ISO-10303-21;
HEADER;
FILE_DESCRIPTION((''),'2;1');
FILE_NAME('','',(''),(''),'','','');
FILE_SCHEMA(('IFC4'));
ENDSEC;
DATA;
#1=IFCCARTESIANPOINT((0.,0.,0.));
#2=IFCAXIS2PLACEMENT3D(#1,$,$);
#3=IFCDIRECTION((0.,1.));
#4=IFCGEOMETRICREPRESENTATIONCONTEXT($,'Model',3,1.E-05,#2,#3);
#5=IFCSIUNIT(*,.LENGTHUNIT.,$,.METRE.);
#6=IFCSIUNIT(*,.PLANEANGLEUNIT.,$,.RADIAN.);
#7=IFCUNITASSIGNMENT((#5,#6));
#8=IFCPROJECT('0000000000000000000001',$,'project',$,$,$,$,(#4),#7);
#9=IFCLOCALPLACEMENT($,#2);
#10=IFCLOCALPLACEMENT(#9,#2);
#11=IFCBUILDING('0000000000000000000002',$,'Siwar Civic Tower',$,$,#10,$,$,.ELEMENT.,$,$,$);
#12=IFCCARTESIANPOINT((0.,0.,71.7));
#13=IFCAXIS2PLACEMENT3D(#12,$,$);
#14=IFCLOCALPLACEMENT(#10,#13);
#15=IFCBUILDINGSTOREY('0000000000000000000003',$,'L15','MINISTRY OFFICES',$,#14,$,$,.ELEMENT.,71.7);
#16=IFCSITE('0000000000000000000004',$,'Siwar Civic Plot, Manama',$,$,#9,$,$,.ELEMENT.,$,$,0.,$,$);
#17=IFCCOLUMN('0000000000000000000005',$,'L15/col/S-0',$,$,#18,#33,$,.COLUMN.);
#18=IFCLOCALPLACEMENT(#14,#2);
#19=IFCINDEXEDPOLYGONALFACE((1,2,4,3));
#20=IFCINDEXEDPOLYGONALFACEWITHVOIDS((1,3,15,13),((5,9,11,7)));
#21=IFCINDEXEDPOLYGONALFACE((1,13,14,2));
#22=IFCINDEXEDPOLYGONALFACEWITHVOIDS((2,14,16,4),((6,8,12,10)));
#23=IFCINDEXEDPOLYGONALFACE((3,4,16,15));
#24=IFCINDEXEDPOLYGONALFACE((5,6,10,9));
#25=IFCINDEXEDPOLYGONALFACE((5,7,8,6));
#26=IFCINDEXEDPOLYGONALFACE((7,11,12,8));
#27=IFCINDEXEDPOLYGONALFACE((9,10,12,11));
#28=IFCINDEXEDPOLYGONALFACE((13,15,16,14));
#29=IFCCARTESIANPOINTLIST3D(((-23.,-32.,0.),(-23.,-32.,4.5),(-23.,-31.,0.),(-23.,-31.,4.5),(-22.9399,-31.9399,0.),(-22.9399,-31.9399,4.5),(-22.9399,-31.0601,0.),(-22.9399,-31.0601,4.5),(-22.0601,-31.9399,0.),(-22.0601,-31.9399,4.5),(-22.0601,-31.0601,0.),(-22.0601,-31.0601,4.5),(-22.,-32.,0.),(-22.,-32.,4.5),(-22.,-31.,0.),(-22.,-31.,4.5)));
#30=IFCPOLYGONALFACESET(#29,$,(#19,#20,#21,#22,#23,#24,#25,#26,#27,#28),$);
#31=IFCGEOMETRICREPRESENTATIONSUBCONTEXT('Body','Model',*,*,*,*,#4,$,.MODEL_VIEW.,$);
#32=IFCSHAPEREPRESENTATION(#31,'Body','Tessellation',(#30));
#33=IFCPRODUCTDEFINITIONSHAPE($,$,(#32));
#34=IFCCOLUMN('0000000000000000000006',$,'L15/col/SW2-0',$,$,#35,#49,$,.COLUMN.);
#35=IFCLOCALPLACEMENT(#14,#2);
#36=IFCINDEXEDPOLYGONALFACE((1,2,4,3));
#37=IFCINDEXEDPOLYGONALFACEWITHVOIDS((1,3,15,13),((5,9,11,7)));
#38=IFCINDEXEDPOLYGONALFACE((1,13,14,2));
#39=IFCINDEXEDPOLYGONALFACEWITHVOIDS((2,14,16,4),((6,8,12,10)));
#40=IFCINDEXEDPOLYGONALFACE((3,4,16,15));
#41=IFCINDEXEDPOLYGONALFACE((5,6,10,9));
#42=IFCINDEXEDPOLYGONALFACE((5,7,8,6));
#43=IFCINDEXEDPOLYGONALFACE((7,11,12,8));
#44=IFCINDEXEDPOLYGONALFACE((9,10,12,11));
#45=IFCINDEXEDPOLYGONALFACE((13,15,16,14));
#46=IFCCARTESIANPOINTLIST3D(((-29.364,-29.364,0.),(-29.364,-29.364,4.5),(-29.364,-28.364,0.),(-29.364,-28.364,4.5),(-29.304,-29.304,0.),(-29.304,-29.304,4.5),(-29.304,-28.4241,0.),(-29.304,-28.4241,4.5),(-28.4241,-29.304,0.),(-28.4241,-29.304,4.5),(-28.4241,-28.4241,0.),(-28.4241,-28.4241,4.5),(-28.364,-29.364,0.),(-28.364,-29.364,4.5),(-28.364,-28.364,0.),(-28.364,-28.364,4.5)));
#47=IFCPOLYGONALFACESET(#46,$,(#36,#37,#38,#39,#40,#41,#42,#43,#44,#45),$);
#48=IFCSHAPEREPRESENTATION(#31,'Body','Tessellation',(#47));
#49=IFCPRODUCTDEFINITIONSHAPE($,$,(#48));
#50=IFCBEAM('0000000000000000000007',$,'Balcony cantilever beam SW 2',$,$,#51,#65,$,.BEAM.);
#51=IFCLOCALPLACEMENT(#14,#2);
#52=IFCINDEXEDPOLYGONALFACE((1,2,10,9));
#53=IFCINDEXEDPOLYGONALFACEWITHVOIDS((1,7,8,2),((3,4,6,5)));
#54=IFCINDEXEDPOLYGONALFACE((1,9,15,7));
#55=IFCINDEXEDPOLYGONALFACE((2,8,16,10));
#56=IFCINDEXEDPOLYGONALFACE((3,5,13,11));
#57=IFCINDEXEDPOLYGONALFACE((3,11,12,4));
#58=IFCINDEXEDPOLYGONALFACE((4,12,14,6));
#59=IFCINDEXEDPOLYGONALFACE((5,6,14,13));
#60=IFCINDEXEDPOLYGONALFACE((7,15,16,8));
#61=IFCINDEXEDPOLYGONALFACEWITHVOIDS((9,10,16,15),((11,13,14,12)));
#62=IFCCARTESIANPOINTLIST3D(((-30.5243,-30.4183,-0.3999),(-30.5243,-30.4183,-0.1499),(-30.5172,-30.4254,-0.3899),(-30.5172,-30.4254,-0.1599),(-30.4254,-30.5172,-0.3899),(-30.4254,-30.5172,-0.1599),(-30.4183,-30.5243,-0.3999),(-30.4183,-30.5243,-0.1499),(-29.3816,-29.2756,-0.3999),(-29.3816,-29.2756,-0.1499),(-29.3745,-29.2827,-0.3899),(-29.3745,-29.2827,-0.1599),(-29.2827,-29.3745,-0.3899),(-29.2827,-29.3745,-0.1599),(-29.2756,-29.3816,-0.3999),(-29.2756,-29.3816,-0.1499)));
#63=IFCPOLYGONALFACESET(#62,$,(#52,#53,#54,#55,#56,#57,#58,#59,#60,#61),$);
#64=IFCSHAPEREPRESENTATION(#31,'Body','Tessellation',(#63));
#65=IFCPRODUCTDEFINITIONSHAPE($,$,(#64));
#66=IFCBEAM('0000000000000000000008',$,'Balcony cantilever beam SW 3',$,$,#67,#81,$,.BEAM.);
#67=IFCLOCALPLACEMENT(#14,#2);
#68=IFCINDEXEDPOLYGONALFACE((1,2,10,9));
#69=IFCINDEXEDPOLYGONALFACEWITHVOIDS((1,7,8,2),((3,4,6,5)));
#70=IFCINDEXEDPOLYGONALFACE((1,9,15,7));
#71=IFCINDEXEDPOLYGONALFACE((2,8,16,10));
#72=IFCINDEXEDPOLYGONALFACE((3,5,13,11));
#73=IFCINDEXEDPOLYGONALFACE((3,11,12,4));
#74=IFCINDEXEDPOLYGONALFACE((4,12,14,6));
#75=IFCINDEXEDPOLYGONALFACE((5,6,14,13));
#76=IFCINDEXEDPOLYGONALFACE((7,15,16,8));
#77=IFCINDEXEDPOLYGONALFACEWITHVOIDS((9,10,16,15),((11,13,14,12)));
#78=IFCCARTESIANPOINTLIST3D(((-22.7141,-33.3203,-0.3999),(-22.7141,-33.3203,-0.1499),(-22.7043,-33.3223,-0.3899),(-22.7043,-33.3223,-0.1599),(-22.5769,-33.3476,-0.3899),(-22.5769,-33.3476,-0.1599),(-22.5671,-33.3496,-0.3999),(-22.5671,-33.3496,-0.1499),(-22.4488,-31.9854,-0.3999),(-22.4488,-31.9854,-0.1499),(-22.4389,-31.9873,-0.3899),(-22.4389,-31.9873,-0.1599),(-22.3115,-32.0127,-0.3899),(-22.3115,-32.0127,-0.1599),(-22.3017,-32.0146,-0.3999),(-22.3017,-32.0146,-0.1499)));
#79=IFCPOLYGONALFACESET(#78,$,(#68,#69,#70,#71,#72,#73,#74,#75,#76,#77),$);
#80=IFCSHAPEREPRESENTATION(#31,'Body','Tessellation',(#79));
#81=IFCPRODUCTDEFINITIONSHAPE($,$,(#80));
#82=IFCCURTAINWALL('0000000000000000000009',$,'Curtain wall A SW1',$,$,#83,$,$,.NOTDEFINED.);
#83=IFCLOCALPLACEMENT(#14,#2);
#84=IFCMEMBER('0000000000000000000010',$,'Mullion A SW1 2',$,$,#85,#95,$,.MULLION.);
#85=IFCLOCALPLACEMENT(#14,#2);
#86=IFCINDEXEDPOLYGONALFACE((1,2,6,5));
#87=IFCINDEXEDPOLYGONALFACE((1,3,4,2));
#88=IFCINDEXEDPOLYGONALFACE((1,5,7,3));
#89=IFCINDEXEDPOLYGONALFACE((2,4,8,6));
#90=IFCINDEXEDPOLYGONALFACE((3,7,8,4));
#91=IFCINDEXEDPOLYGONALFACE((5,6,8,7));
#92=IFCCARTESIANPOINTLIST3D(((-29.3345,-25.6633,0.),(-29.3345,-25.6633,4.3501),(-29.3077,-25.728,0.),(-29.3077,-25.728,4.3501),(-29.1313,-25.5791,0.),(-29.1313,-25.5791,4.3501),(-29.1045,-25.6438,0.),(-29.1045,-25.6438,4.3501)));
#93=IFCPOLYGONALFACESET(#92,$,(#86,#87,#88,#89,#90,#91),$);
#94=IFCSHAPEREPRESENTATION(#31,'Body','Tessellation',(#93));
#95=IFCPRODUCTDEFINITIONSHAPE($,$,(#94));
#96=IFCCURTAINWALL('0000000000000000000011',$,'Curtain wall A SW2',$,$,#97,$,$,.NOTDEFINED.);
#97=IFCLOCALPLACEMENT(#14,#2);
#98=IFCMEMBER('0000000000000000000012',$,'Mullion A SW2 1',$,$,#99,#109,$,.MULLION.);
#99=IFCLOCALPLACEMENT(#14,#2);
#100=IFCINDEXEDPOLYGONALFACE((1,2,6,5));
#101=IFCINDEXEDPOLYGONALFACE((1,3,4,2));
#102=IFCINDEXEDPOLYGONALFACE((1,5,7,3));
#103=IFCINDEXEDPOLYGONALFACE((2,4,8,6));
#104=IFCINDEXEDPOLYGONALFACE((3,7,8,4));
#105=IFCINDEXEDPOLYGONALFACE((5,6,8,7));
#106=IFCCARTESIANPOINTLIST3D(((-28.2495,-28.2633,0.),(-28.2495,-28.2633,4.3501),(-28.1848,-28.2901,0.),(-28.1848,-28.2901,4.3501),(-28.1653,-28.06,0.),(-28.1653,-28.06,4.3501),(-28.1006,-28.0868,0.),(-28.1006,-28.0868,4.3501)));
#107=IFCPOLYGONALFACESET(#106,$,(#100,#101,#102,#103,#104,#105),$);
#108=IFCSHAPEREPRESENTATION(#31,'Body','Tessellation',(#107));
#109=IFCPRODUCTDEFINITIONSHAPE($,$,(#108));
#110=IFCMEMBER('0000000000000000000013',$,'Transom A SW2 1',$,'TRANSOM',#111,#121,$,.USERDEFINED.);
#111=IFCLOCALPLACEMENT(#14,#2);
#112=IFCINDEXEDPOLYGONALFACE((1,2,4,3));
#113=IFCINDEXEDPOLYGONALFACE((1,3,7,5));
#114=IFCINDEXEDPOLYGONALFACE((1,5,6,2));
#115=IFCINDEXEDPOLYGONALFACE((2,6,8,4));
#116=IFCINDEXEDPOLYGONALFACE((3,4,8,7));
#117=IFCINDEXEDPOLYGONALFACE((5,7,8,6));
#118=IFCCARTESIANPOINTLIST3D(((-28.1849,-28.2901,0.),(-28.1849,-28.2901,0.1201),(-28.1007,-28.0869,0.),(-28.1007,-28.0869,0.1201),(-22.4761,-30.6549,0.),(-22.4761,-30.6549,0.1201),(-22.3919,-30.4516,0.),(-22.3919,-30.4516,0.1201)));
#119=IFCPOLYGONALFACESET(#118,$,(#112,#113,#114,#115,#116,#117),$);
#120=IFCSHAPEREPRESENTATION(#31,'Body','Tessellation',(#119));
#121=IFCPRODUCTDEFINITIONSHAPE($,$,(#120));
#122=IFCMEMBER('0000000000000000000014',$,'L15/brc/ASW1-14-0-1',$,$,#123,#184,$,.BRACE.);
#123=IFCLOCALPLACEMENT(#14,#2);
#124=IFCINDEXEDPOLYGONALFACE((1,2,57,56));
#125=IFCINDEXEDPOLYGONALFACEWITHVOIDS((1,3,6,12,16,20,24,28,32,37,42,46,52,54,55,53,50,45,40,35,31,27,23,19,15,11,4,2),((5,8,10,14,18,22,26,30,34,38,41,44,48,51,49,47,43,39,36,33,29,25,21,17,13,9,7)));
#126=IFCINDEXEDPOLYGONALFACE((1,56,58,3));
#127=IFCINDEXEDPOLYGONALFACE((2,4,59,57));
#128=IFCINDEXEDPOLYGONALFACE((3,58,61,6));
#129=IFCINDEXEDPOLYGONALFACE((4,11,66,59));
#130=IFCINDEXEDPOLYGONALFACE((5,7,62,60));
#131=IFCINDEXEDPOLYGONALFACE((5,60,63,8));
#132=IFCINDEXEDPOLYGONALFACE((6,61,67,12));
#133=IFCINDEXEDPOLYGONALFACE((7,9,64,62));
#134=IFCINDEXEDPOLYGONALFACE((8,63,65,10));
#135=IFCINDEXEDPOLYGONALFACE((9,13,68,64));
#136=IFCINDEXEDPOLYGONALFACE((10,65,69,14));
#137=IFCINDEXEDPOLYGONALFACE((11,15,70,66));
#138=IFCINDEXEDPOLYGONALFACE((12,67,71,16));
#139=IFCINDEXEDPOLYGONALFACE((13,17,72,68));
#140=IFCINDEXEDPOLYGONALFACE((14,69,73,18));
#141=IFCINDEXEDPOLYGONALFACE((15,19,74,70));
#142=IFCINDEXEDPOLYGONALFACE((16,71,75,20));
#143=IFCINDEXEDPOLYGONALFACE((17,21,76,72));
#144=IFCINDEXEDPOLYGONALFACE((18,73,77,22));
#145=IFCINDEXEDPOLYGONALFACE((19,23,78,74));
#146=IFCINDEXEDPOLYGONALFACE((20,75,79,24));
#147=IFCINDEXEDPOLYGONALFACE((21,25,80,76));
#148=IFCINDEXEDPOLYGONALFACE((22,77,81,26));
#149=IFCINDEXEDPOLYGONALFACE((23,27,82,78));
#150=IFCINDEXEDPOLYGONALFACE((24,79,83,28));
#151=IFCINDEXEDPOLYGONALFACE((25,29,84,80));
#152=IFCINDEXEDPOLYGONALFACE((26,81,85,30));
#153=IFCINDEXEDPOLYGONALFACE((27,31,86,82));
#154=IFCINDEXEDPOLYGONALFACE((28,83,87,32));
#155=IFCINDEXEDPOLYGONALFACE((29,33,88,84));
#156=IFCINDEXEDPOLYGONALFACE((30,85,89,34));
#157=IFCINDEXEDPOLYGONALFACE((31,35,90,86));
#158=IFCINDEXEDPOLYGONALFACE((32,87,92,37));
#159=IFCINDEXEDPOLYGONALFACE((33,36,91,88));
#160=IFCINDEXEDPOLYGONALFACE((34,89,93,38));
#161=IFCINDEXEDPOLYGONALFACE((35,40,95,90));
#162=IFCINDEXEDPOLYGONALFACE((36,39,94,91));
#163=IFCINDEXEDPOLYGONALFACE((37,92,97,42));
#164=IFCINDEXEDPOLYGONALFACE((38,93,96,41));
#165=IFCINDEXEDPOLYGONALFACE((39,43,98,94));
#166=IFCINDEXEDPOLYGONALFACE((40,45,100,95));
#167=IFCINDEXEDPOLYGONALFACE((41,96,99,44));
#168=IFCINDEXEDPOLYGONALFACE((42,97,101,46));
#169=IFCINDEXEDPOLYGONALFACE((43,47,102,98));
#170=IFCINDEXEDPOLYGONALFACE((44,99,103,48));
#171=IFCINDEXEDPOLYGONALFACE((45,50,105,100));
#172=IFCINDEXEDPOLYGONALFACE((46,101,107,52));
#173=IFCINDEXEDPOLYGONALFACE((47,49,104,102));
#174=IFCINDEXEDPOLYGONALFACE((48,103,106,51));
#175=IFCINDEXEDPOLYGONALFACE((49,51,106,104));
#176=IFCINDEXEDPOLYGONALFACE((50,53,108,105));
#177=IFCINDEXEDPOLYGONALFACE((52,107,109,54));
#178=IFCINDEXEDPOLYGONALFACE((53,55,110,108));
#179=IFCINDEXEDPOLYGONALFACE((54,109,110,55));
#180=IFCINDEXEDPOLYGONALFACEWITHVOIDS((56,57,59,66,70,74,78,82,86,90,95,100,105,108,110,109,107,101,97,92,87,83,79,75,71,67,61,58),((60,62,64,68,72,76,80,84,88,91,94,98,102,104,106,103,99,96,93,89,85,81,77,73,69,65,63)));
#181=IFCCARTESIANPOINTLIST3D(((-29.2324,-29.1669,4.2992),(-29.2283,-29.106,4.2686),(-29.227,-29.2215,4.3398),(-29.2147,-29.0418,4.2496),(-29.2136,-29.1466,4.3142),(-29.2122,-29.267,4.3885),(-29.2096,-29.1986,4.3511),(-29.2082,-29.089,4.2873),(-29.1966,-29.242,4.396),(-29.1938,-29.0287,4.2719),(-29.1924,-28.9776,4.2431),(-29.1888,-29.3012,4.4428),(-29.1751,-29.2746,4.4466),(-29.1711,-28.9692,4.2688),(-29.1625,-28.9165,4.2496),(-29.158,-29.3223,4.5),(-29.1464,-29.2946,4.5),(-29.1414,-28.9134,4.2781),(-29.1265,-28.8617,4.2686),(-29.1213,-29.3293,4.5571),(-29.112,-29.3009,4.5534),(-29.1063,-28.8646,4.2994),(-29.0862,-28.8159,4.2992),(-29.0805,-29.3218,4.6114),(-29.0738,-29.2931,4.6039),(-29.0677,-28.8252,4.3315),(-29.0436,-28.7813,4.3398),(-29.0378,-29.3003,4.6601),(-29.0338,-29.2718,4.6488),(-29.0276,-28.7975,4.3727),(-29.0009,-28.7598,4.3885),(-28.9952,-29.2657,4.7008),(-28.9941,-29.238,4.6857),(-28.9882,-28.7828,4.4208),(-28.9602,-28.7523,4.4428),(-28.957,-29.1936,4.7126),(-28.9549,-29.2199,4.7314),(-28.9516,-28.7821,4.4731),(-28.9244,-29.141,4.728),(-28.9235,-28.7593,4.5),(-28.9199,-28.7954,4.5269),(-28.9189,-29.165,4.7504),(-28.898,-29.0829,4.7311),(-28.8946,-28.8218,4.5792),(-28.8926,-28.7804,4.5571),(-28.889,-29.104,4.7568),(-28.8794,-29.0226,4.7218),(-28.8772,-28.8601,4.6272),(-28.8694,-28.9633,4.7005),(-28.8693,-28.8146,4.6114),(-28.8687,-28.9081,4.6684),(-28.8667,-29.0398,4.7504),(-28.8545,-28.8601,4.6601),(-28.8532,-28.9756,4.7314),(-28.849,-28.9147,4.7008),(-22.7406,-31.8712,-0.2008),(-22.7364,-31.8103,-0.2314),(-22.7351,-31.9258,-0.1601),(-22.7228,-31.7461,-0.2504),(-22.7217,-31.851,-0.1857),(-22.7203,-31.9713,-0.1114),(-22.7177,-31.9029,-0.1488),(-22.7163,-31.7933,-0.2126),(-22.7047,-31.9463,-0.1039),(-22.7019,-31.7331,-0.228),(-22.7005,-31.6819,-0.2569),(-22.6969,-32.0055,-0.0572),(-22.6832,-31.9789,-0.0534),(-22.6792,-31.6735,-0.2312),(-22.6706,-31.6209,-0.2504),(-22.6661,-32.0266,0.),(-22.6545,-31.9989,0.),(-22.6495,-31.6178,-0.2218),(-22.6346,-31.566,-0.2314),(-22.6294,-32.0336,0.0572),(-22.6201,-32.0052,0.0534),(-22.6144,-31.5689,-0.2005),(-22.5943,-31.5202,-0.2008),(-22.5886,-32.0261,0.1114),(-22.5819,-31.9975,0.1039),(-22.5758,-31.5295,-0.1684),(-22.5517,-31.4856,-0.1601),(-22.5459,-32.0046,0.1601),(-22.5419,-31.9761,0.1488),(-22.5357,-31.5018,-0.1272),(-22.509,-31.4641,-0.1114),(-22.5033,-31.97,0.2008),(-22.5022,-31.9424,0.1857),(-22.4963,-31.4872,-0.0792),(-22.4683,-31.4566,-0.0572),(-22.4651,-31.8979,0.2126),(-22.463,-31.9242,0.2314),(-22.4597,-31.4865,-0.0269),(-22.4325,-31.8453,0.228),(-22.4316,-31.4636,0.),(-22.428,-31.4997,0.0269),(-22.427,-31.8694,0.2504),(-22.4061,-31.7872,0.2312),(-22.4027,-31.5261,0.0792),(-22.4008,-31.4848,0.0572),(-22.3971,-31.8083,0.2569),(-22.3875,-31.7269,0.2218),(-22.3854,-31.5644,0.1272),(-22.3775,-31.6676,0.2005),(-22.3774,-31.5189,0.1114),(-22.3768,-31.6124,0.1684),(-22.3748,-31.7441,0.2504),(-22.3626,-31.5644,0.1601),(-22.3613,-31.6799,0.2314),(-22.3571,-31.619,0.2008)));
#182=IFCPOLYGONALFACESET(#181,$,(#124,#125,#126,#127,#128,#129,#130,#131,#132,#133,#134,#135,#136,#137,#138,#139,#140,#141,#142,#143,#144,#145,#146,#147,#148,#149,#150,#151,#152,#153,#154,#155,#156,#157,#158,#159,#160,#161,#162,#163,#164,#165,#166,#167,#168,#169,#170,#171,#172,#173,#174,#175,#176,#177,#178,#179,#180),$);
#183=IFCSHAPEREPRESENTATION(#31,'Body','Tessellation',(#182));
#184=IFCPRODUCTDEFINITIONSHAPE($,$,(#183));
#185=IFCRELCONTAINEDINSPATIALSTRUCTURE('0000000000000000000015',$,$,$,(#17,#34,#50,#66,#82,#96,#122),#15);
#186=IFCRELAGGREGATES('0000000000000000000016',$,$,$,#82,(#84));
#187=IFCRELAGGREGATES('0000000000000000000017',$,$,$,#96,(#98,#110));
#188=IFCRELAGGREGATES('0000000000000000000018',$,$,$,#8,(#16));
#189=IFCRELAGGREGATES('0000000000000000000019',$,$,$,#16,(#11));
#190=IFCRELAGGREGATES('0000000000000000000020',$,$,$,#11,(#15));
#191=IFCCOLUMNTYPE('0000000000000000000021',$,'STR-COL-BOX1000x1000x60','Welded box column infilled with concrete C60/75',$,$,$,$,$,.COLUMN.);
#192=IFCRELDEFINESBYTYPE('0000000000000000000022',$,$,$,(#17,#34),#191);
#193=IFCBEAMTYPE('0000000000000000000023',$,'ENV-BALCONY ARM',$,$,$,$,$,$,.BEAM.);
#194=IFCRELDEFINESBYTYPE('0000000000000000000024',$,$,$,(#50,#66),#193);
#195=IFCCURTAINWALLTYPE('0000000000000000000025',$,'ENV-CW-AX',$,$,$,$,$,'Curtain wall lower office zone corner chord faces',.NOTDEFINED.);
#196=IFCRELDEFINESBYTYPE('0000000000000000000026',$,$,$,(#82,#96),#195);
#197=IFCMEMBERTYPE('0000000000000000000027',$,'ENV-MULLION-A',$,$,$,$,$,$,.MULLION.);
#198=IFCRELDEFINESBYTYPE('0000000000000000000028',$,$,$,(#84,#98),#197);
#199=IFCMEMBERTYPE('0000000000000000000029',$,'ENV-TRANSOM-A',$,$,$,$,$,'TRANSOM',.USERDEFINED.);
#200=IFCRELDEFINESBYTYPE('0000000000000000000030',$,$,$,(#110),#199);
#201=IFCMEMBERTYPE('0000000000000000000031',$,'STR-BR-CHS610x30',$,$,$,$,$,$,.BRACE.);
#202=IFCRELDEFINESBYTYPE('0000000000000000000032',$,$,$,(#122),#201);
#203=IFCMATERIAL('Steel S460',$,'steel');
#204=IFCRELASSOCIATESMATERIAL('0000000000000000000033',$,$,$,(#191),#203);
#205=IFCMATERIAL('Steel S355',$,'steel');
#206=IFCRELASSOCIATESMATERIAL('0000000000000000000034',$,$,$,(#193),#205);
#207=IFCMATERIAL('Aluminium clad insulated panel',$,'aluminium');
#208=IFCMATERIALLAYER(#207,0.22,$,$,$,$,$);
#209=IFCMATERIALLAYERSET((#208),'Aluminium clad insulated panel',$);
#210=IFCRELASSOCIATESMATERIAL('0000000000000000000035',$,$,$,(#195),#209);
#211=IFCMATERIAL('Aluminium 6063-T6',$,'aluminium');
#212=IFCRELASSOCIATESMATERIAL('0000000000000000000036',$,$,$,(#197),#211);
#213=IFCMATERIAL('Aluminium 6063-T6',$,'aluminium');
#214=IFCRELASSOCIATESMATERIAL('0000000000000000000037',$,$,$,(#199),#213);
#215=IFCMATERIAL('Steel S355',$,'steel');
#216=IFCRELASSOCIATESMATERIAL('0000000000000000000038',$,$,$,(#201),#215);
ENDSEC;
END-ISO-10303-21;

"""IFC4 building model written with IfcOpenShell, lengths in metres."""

from ifc_helpers import new_model, si_unit, direction, frame, origin, origin_2d, place, context, subcontext, project, spatial, rectangle, hollow_rectangle, hollow_circle, extrude, material, layer, layer_set, material_profile, profile_set, type_object, element, aggregate, save


model = new_model("IFC4")

# Units and contexts
model_context = context("Model", 3, precision=1e-05, world=origin(), true_north=direction((0.0, 1.0)))
body_context = subcontext(model_context, "Body", "Model", "MODEL_VIEW")
ifc_project = project(units=[si_unit("LENGTHUNIT", "METRE"), si_unit("PLANEANGLEUNIT", "RADIAN")], contexts=[model_context])

# Site, building, storey
site_placement = place(None, origin())
site = spatial("IfcSite", under=ifc_project, at=site_placement, Name="Siwar Civic Plot, Manama", CompositionType="ELEMENT", RefElevation=0.0)
building_placement = place(site_placement, origin())
building = spatial("IfcBuilding", under=site, at=building_placement, Name="Siwar Civic Tower", CompositionType="ELEMENT")
storey_placement = place(building_placement, frame((0.0, 0.0, 71.7)))
storey = spatial("IfcBuildingStorey", under=building, at=storey_placement, Name="L15", Description="MINISTRY OFFICES", CompositionType="ELEMENT", Elevation=71.7)

# Columns
ifc_material_1 = material(Name="Steel S460", Category="steel")
ifc_material_profile_1 = material_profile(ifc_material_1, hollow_rectangle(XDim=1.0, YDim=1.0, WallThickness=0.0601, at=origin_2d()), Name="BOX1000x1000x60")
ifc_profile_set_1 = profile_set([ifc_material_profile_1], Name="Steel S460")
column_type = type_object("IfcColumnType", Name="STR-COL-BOX1000x1000x60", Description="Welded box column infilled with concrete C60/75", PredefinedType="COLUMN", material=ifc_profile_set_1)
for number, where, z_axis, x_axis, name in (
    (1, (-22.5, -31.5, 0.0), (0.0, 0.0, 1.0), (1.0, 0.0, 0.0), "L15/col/S-0"),
    (2, (-28.864, -28.864, 0.0), (0.0, 0.0, 1.0), (1.0, 0.0, 0.0), "L15/col/SW2-0"),
):
    element("IfcColumn", number, at=place(storey_placement, frame(where, z_axis=z_axis, x_axis=x_axis)), inside=storey, type_object=column_type, Name=name, PredefinedType="COLUMN", context=body_context, shape_type="SweptSolid", body=[
        extrude(hollow_rectangle(XDim=1.0, YDim=1.0, WallThickness=0.0601, at=origin_2d()), origin(), (0.0, 0.0, 1.0), 4.5),
    ])

# Beams
ifc_material_2 = material(Name="Steel S355", Category="steel")
ifc_material_profile_2 = material_profile(ifc_material_2, hollow_rectangle(XDim=0.1499, YDim=0.25, WallThickness=0.01, at=origin_2d()), Name="RHS250x150x10")
ifc_profile_set_2 = profile_set([ifc_material_profile_2], Name="Steel S355")
beam_type_1 = type_object("IfcBeamType", Name="ENV-BALCONY ARM", PredefinedType="BEAM", material=ifc_profile_set_2)
beam_1_placement = place(storey_placement, frame((-29.3286, -29.3286, -0.2749), z_axis=(-0.707107, -0.707107, 0.0), x_axis=(0.707107, -0.707107, 0.0)))
element("IfcBeam", 3, at=beam_1_placement, inside=storey, type_object=beam_type_1, Name="Balcony cantilever beam SW 2", PredefinedType="BEAM", context=body_context, shape_type="SweptSolid", body=[
    extrude(hollow_rectangle(XDim=0.1499, YDim=0.25, WallThickness=0.01, at=origin_2d()), origin(), (0.0, 0.0, 1.0), 1.616),
])
beam_2_placement = place(storey_placement, frame((-22.3752, -32.0, -0.2749), z_axis=(-0.194978, -0.980808, 0.0), x_axis=(0.980808, -0.194978, 0.0)))
element("IfcBeam", 4, at=beam_2_placement, inside=storey, type_object=beam_type_1, Name="Balcony cantilever beam SW 3", PredefinedType="BEAM", context=body_context, shape_type="SweptSolid", body=[
    extrude(hollow_rectangle(XDim=0.1499, YDim=0.25, WallThickness=0.01, at=origin_2d()), origin(), (0.0, 0.0, 1.0), 1.3611),
])

# Curtain wall, member
ifc_material_3 = material(Name="Aluminium clad insulated panel", Category="aluminium")
ifc_layer_1 = layer(ifc_material_3, 0.22)
ifc_layer_set_1 = layer_set([ifc_layer_1], Name="Aluminium clad insulated panel")
curtain_wall_type = type_object("IfcCurtainWallType", Name="ENV-CW-AX", ElementType="Curtain wall lower office zone corner chord faces", PredefinedType="NOTDEFINED", material=ifc_layer_set_1)
curtain_wall_1_placement = place(storey_placement, origin())
curtain_wall_1 = element("IfcCurtainWall", 5, at=curtain_wall_1_placement, inside=storey, type_object=curtain_wall_type, Name="Curtain wall A SW1", PredefinedType="NOTDEFINED")
ifc_material_4 = material(Name="Aluminium 6063-T6", Category="aluminium")
ifc_material_profile_3 = material_profile(ifc_material_4, rectangle(XDim=0.22, YDim=0.0701, at=origin_2d()), Name="AL 220x70")
ifc_profile_set_3 = profile_set([ifc_material_profile_3], Name="Aluminium 6063-T6")
member_type_1 = type_object("IfcMemberType", Name="ENV-MULLION-A", PredefinedType="MULLION", material=ifc_profile_set_3)
member_1_placement = place(storey_placement, frame((-29.2195, -25.6536, 0.0), z_axis=(0.0, 0.0, 1.0), x_axis=(0.92388, 0.382683, 0.0)))
member_1 = element("IfcMember", 6, at=member_1_placement, type_object=member_type_1, Name="Mullion A SW1 2", PredefinedType="MULLION", context=body_context, shape_type="SweptSolid", body=[
    extrude(rectangle(XDim=0.22, YDim=0.0701, at=origin_2d()), origin(), (0.0, 0.0, 1.0), 4.3501),
])
aggregate(curtain_wall_1, [member_1])

# Curtain wall, members
curtain_wall_2_placement = place(storey_placement, origin())
curtain_wall_2 = element("IfcCurtainWall", 7, at=curtain_wall_2_placement, inside=storey, type_object=curtain_wall_type, Name="Curtain wall A SW2", PredefinedType="NOTDEFINED")
member_2_placement = place(storey_placement, frame((-28.175, -28.175, 0.0), z_axis=(0.0, 0.0, 1.0), x_axis=(0.382683, 0.92388, 0.0)))
member_2 = element("IfcMember", 8, at=member_2_placement, type_object=member_type_1, Name="Mullion A SW2 1", PredefinedType="MULLION", context=body_context, shape_type="SweptSolid", body=[
    extrude(rectangle(XDim=0.22, YDim=0.0701, at=origin_2d()), origin(), (0.0, 0.0, 1.0), 4.3501),
])
ifc_material_5 = material(Name="Aluminium 6063-T6", Category="aluminium")
ifc_material_profile_4 = material_profile(ifc_material_5, rectangle(XDim=0.22, YDim=0.1201, at=origin_2d()), Name="AL 220x120")
ifc_profile_set_4 = profile_set([ifc_material_profile_4], Name="Aluminium 6063-T6")
member_type_2 = type_object("IfcMemberType", Name="ENV-TRANSOM-A", ElementType="TRANSOM", PredefinedType="USERDEFINED", material=ifc_profile_set_4)
member_3_placement = place(storey_placement, frame((-28.1428, -28.1885, 0.0601), z_axis=(0.923873, -0.382698, 0.0), x_axis=(0.382698, 0.923873, 0.0)))
member_3 = element("IfcMember", 9, at=member_3_placement, type_object=member_type_2, Name="Transom A SW2 1", ObjectType="TRANSOM", PredefinedType="USERDEFINED", context=body_context, shape_type="SweptSolid", body=[
    extrude(rectangle(XDim=0.22, YDim=0.1201, at=origin_2d()), origin(), (0.0, 0.0, 1.0), 6.1792),
])

# Member
ifc_material_6 = material(Name="Steel S355", Category="steel")
ifc_material_profile_5 = material_profile(ifc_material_6, hollow_circle(Radius=0.3049, WallThickness=0.03, at=origin_2d()), Name="CHS610x30")
ifc_profile_set_5 = profile_set([ifc_material_profile_5], Name="Steel S355")
member_type_3 = type_object("IfcMemberType", Name="STR-BR-CHS610x30", PredefinedType="BRACE", material=ifc_profile_set_5)
member_4_placement = place(storey_placement, frame((-22.5488, -31.7451, 0.0), z_axis=(-0.777555, 0.323906, 0.538975), x_axis=(-0.384539, -0.923109, 0.0)))
element("IfcMember", 10, at=member_4_placement, inside=storey, type_object=member_type_3, Name="L15/brc/ASW1-14-0-1", PredefinedType="BRACE", context=body_context, shape_type="SweptSolid", body=[
    extrude(hollow_circle(Radius=0.3049, WallThickness=0.03, at=origin_2d()), origin(), (0.0, 0.0, 1.0), 8.3491),
])

aggregate(curtain_wall_2, [member_2, member_3])

save(model, "model.ifc")
